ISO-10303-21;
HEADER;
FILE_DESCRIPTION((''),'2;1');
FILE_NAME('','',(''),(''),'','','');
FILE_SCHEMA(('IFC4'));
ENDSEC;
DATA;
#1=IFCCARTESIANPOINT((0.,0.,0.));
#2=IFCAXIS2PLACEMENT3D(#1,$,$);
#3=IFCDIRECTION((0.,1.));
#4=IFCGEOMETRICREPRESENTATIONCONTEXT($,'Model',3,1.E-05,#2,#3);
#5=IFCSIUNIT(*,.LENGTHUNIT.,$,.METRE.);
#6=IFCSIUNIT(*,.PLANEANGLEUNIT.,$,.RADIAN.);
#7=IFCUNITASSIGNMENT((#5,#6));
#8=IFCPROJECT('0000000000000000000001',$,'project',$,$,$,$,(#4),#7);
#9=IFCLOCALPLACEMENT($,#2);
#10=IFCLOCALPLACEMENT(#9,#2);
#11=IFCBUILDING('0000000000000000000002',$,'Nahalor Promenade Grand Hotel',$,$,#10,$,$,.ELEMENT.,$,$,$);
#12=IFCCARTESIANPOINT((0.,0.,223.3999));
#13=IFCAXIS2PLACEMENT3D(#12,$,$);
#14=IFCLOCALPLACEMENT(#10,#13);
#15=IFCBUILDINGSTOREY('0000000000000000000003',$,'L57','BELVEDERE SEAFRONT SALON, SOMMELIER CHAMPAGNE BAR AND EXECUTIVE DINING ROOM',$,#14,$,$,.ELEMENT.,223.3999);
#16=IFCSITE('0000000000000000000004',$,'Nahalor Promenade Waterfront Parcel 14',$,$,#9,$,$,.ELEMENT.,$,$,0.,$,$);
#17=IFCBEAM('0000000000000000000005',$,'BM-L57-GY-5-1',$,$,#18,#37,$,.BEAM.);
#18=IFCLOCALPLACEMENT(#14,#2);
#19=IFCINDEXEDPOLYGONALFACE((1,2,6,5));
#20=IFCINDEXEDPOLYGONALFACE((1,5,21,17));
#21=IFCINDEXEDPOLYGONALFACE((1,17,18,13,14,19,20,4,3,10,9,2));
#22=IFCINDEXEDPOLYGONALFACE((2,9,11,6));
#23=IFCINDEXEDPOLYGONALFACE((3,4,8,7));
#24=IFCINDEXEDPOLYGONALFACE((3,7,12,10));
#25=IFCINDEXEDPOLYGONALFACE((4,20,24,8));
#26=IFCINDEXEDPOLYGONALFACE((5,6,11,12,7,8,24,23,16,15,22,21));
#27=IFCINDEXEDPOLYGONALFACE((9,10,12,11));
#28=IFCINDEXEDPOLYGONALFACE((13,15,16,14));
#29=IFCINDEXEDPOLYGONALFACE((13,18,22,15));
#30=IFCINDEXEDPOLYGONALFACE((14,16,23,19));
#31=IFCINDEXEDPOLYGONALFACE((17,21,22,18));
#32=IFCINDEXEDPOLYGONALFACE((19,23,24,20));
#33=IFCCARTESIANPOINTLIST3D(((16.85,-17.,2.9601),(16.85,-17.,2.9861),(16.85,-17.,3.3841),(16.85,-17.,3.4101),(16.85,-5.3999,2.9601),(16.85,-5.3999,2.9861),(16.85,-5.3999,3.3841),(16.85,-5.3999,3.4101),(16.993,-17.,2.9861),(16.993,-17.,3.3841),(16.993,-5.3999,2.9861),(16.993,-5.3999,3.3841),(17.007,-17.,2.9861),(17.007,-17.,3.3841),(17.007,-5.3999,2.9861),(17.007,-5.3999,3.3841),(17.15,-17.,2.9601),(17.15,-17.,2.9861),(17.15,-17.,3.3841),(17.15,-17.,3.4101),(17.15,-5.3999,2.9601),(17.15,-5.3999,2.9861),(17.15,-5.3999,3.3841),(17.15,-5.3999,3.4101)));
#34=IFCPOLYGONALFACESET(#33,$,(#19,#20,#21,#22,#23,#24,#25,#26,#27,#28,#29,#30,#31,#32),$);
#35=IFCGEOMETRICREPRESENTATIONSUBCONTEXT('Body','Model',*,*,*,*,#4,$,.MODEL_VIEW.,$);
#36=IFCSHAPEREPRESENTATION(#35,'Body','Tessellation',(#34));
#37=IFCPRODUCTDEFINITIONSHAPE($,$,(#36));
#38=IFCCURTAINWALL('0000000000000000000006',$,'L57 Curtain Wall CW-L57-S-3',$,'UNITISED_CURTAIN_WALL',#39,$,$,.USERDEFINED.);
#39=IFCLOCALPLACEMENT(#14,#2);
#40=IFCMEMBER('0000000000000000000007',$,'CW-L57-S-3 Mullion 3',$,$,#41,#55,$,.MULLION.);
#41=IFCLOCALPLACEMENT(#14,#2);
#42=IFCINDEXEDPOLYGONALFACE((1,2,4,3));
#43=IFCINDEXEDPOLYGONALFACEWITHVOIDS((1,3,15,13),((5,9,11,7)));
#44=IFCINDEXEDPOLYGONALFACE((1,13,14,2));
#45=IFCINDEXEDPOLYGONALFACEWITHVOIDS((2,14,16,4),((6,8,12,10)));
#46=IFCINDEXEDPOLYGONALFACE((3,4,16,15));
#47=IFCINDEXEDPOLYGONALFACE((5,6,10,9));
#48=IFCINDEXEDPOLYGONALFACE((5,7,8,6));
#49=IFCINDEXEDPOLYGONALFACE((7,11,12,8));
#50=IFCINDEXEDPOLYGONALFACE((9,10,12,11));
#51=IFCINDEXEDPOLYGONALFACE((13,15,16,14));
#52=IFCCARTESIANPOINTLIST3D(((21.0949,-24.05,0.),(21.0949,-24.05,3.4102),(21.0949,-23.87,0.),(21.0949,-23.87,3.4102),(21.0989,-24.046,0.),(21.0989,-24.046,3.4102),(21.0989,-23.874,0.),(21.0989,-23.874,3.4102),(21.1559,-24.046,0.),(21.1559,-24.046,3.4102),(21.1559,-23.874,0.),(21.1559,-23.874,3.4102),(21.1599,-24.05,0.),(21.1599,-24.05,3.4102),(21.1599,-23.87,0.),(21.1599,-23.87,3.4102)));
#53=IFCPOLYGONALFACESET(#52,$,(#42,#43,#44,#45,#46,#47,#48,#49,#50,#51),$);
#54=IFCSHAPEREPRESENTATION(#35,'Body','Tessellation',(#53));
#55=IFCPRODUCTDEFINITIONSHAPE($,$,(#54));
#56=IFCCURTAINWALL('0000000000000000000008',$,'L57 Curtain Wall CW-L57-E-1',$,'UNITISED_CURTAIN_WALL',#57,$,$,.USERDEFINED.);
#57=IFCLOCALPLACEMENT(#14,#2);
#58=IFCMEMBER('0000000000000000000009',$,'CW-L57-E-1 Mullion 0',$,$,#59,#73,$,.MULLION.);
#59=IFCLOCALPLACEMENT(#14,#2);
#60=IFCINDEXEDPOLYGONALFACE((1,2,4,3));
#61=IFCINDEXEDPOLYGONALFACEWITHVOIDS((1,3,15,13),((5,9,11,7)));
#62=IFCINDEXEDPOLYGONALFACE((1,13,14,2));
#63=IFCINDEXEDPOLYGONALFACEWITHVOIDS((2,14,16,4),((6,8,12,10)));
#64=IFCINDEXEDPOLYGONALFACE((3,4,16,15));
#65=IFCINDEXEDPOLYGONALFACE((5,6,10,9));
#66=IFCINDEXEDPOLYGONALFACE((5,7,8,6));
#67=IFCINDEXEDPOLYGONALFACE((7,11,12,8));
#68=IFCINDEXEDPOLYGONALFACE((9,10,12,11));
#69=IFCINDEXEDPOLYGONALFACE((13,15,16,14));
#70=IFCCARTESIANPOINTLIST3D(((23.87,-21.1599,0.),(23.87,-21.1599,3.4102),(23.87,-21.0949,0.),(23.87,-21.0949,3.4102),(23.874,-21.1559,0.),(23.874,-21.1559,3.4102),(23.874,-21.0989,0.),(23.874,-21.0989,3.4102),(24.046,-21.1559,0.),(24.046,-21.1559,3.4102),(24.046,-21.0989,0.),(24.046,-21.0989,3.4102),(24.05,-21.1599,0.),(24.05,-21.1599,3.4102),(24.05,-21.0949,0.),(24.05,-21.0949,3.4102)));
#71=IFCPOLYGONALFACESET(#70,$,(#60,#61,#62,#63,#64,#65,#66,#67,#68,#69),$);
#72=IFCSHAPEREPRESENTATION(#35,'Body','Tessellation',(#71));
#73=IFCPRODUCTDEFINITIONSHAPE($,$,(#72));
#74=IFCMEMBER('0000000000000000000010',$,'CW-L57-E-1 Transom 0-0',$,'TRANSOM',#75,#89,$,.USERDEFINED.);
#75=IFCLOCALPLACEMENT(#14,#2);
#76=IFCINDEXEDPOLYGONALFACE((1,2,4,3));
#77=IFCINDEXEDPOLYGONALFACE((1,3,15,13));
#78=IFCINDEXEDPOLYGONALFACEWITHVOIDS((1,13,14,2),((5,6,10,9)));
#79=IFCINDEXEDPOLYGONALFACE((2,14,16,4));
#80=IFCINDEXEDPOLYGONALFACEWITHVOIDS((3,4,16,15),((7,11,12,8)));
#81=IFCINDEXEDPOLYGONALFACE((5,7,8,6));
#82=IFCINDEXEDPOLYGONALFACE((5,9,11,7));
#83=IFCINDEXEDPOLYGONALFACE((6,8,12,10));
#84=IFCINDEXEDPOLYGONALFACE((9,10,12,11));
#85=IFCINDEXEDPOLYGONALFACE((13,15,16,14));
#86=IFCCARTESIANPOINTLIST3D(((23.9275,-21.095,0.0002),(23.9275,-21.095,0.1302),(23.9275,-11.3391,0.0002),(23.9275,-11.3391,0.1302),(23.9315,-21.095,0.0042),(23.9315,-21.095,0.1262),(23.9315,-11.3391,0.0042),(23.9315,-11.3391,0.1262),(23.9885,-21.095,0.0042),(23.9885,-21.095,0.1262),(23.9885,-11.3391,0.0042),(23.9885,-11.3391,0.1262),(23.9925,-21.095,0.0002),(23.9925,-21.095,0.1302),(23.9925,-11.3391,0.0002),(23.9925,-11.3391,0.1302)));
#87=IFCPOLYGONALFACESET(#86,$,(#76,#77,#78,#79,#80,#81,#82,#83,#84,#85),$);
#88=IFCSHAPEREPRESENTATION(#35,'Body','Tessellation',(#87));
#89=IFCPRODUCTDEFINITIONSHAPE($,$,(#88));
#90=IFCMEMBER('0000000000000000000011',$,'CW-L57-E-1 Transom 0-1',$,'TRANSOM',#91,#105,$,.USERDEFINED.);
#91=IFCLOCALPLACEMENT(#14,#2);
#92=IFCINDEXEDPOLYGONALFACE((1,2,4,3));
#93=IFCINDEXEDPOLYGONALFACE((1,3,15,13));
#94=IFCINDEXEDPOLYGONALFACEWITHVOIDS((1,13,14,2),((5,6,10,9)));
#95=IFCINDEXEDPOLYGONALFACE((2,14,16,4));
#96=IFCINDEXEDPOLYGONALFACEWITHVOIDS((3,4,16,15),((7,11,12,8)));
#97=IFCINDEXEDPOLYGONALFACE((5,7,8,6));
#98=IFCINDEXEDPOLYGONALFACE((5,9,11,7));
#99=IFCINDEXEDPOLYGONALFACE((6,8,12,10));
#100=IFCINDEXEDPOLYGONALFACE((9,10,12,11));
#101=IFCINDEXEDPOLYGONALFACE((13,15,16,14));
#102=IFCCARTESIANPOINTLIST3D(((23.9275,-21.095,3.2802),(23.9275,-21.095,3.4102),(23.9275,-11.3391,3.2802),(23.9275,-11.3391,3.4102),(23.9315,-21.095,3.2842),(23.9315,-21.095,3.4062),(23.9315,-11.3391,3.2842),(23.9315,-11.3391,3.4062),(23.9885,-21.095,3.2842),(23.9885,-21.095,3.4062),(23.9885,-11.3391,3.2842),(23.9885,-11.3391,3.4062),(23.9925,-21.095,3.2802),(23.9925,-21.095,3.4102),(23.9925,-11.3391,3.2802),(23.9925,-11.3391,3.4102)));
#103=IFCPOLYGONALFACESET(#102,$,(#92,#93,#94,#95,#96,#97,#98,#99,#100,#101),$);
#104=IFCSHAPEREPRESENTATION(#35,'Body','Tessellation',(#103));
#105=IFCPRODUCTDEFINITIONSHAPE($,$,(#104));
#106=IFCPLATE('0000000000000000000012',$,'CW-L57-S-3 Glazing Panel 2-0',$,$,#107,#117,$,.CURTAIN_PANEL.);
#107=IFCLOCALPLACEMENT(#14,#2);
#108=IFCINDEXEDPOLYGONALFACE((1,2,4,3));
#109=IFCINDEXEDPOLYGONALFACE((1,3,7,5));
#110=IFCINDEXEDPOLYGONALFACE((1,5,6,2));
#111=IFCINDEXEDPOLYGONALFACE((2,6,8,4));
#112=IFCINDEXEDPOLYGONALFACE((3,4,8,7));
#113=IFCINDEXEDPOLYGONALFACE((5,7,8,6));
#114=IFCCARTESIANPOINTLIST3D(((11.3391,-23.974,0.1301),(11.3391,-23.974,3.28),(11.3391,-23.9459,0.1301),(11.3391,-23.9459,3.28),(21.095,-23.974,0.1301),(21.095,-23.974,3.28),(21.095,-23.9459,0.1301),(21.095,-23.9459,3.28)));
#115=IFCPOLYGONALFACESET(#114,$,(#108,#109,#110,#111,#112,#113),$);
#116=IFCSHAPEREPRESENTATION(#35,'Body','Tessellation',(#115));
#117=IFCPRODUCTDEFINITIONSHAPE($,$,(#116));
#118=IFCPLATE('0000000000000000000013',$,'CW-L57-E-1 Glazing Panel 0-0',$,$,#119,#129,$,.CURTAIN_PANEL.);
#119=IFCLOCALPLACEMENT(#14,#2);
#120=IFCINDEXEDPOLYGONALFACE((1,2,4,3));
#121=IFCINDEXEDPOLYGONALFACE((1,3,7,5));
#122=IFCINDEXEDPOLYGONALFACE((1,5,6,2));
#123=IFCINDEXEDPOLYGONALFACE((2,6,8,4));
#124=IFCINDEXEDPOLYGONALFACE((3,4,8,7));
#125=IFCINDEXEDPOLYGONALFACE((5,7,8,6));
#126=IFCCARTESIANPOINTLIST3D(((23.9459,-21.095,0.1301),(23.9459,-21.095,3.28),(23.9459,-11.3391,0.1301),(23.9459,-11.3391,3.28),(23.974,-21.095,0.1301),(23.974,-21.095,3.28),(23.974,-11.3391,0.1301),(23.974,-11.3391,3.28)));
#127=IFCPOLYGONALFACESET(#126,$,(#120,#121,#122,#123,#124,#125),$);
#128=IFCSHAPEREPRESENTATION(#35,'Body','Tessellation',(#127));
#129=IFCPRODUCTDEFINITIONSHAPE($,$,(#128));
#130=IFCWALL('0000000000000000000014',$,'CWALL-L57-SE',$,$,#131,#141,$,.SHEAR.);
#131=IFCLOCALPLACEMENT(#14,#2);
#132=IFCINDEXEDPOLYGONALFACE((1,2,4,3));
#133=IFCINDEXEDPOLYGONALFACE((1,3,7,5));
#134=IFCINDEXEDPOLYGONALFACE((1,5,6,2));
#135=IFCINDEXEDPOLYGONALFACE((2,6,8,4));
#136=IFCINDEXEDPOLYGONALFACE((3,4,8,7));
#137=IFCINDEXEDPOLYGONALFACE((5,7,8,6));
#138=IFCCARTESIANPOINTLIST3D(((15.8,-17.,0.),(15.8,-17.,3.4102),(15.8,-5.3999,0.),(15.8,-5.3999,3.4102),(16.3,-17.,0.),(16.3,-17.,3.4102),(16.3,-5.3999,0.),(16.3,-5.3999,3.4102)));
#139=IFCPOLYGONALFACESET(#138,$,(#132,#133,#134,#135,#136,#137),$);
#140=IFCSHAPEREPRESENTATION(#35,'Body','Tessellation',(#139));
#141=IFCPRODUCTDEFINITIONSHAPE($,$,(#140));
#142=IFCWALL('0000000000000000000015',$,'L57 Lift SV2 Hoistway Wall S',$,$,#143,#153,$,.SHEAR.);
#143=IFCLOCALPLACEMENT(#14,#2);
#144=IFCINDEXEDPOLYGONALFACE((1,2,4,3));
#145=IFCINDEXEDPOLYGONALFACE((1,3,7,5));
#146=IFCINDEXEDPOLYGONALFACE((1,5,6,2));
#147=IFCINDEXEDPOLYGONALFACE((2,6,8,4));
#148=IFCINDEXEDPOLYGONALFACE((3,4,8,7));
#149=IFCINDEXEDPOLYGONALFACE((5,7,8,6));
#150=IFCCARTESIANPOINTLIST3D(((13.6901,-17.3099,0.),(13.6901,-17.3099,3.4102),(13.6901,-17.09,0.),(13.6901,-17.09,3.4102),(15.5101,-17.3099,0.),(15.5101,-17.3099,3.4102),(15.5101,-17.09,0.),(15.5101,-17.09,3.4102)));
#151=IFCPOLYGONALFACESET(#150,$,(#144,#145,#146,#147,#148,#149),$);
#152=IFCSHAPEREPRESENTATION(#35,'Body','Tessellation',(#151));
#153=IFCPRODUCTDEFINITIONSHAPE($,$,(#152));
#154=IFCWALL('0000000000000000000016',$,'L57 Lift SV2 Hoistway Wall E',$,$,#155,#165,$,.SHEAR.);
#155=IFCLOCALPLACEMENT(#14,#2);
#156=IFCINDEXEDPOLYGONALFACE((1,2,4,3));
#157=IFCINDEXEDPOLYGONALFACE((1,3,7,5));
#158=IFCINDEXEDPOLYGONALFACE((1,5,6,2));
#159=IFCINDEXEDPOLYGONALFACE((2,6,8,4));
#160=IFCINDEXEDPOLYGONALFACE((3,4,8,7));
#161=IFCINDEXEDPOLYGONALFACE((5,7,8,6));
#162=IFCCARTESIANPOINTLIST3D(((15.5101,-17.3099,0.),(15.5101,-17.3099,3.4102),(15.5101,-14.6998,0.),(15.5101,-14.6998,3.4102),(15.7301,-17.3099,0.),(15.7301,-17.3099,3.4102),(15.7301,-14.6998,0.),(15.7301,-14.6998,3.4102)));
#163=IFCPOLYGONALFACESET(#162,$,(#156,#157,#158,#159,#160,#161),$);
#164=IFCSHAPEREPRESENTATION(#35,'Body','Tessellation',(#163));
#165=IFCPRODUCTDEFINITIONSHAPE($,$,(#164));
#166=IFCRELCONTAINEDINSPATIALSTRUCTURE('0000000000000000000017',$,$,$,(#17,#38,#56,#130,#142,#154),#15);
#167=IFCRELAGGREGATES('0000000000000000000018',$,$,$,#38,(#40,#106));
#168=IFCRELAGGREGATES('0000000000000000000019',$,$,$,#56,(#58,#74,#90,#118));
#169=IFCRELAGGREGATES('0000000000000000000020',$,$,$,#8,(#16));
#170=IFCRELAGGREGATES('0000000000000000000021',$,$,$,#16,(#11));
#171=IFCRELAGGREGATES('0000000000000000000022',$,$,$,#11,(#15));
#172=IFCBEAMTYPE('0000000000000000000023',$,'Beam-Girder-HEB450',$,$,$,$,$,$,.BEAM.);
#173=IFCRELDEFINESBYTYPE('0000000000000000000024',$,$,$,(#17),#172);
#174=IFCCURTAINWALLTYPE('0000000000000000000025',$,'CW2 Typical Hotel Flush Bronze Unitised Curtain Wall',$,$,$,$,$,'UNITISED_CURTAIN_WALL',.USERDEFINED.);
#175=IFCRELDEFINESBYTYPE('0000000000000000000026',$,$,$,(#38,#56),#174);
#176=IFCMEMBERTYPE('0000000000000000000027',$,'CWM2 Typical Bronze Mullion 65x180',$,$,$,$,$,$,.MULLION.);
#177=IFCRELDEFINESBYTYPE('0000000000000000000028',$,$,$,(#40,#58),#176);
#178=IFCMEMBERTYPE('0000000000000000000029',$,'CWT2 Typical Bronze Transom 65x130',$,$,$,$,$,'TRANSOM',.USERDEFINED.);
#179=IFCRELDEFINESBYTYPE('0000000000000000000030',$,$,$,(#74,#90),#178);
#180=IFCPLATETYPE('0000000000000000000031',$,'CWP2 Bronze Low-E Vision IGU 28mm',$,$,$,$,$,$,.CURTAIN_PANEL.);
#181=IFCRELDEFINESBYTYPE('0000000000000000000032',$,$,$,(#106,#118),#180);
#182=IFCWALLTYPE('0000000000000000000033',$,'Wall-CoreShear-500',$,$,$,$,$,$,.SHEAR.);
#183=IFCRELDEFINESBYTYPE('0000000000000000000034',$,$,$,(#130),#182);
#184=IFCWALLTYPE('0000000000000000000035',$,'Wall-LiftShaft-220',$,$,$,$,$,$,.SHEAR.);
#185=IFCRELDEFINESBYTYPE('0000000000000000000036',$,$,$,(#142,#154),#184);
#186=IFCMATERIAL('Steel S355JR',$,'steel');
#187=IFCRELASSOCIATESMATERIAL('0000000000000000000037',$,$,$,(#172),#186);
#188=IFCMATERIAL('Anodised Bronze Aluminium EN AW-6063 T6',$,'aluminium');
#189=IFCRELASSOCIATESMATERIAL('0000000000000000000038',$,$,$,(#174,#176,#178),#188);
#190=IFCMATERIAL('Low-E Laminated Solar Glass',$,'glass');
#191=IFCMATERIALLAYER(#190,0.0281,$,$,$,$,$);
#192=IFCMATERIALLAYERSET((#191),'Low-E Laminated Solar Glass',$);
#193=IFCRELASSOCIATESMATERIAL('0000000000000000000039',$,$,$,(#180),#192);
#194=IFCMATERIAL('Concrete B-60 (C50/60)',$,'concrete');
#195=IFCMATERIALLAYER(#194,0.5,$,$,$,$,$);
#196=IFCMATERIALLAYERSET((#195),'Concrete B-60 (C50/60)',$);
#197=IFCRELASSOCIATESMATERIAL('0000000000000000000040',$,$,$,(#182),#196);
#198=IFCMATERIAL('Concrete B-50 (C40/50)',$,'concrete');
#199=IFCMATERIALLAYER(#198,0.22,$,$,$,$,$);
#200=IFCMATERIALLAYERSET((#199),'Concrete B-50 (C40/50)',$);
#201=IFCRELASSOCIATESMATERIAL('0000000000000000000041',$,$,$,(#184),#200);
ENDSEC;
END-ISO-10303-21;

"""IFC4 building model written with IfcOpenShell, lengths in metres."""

from ifc_helpers import new_model, si_unit, direction, frame, frame_2d, origin, origin_2d, place, context, subcontext, project, spatial, rectangle, hollow_rectangle, i_section, extrude, source, transform, mapped, material, layer, layer_set, material_profile, profile_set, type_object, element, aggregate, save


model = new_model("IFC4")

# Units and contexts
model_context = context("Model", 3, precision=1e-05, world=origin(), true_north=direction((0.0, 1.0)))
body_context = subcontext(model_context, "Body", "Model", "MODEL_VIEW")
ifc_project = project(units=[si_unit("LENGTHUNIT", "METRE"), si_unit("PLANEANGLEUNIT", "RADIAN")], contexts=[model_context])

# Site, building, storey
site_placement = place(None, origin())
site = spatial("IfcSite", under=ifc_project, at=site_placement, Name="Nahalor Promenade Waterfront Parcel 14", CompositionType="ELEMENT", RefElevation=0.0)
building_placement = place(site_placement, origin())
building = spatial("IfcBuilding", under=site, at=building_placement, Name="Nahalor Promenade Grand Hotel", CompositionType="ELEMENT")
storey_placement = place(building_placement, frame((0.0, 0.0, 223.3999)))
storey = spatial("IfcBuildingStorey", under=building, at=storey_placement, Name="L57", Description="BELVEDERE SEAFRONT SALON, SOMMELIER CHAMPAGNE BAR AND EXECUTIVE DINING ROOM", CompositionType="ELEMENT", Elevation=223.3999)

# Shared definitions
ifc_material_1 = material(Name="Concrete B-60 (C50/60)", Category="concrete")
ifc_material_2 = material(Name="Steel S355JR", Category="steel")

# Beam
ifc_material_profile_1 = material_profile(ifc_material_2, i_section(OverallWidth=0.3, OverallDepth=0.45, WebThickness=0.014, FlangeThickness=0.026, at=origin_2d()), Name="HEB 450")
ifc_profile_set_1 = profile_set([ifc_material_profile_1], Name="Steel S355JR")
beam_type_1 = type_object("IfcBeamType", Name="Beam-Girder-HEB450", PredefinedType="BEAM", material=ifc_profile_set_1)
shared_shape_1 = source(origin(), body_context, "Body", "SweptSolid", [
    extrude(i_section(OverallWidth=0.3, OverallDepth=0.45, WebThickness=0.014, FlangeThickness=0.026, at=origin_2d()), origin(), (0.0, 0.0, 1.0), 11.6001),
])
beam_1_placement = place(storey_placement, frame((17.0, -17.0, 3.1851), z_axis=(0.0, 1.0, 0.0), x_axis=(-1.0, 0.0, 0.0)))
element("IfcBeam", 1, at=beam_1_placement, inside=storey, type_object=beam_type_1, Name="BM-L57-GY-5-1", PredefinedType="BEAM", context=body_context, shape_type="MappedRepresentation", body=[
    mapped(shared_shape_1, transform((0.0, 0.0, 0.0), scale=1.0)),
])

# Curtain wall, member
ifc_material_3 = material(Name="Anodised Bronze Aluminium EN AW-6063 T6", Category="aluminium")
curtain_wall_type = type_object("IfcCurtainWallType", Name="CW2 Typical Hotel Flush Bronze Unitised Curtain Wall", ElementType="UNITISED_CURTAIN_WALL", PredefinedType="USERDEFINED", material=ifc_material_3)
curtain_wall_1_placement = place(storey_placement, origin())
curtain_wall_1 = element("IfcCurtainWall", 2, at=curtain_wall_1_placement, inside=storey, type_object=curtain_wall_type, Name="L57 Curtain Wall CW-L57-S-3", ObjectType="UNITISED_CURTAIN_WALL", PredefinedType="USERDEFINED")
ifc_material_profile_2 = material_profile(ifc_material_3, hollow_rectangle(XDim=0.065, YDim=0.18, WallThickness=0.004, at=origin_2d()), Name="CWM 65x180x4")
ifc_profile_set_2 = profile_set([ifc_material_profile_2], Name="Anodised Bronze Aluminium EN AW-6063 T6")
member_type_1 = type_object("IfcMemberType", Name="CWM2 Typical Bronze Mullion 65x180", PredefinedType="MULLION", material=ifc_profile_set_2)
shared_shape_2 = source(origin(), body_context, "Body", "SweptSolid", [
    extrude(hollow_rectangle(XDim=0.065, YDim=0.18, WallThickness=0.004, at=origin_2d()), origin(), (0.0, 0.0, 1.0), 3.4102),
])
member_1_placement = place(storey_placement, frame((21.1274, -23.96, 0.0), z_axis=(0.0, 0.0, 1.0), x_axis=(1.0, 0.0, 0.0)))
member_1 = element("IfcMember", 3, at=member_1_placement, type_object=member_type_1, Name="CW-L57-S-3 Mullion 3", PredefinedType="MULLION", context=body_context, shape_type="MappedRepresentation", body=[
    mapped(shared_shape_2, transform((0.0, 0.0, 0.0), scale=1.0)),
])

# Curtain wall, members
curtain_wall_2_placement = place(storey_placement, origin())
curtain_wall_2 = element("IfcCurtainWall", 4, at=curtain_wall_2_placement, inside=storey, type_object=curtain_wall_type, Name="L57 Curtain Wall CW-L57-E-1", ObjectType="UNITISED_CURTAIN_WALL", PredefinedType="USERDEFINED")
member_2_placement = place(storey_placement, frame((23.96, -21.1274, 0.0), z_axis=(0.0, 0.0, 1.0), x_axis=(0.0, 1.0, 0.0)))
member_2 = element("IfcMember", 5, at=member_2_placement, type_object=member_type_1, Name="CW-L57-E-1 Mullion 0", PredefinedType="MULLION", context=body_context, shape_type="MappedRepresentation", body=[
    mapped(shared_shape_2, transform((0.0, 0.0, 0.0), scale=1.0)),
])
ifc_material_profile_3 = material_profile(ifc_material_3, hollow_rectangle(XDim=0.065, YDim=0.13, WallThickness=0.004, at=origin_2d()), Name="CWT 65x130x4")
ifc_profile_set_3 = profile_set([ifc_material_profile_3], Name="Anodised Bronze Aluminium EN AW-6063 T6")
member_type_2 = type_object("IfcMemberType", Name="CWT2 Typical Bronze Transom 65x130", ElementType="TRANSOM", PredefinedType="USERDEFINED", material=ifc_profile_set_3)
shared_shape_3 = source(origin(), body_context, "Body", "SweptSolid", [
    extrude(hollow_rectangle(XDim=0.065, YDim=0.13, WallThickness=0.004, at=origin_2d()), origin(), (0.0, 0.0, 1.0), 9.7559),
])
member_3_placement = place(storey_placement, frame((23.96, -21.095, 0.0652), z_axis=(0.0, 1.0, 0.0), x_axis=(-1.0, 0.0, 0.0)))
member_3 = element("IfcMember", 6, at=member_3_placement, type_object=member_type_2, Name="CW-L57-E-1 Transom 0-0", ObjectType="TRANSOM", PredefinedType="USERDEFINED", context=body_context, shape_type="MappedRepresentation", body=[
    mapped(shared_shape_3, transform((0.0, 0.0, 0.0), scale=1.0)),
])
member_4_placement = place(storey_placement, frame((23.96, -21.095, 3.3452), z_axis=(0.0, 1.0, 0.0), x_axis=(-1.0, 0.0, 0.0)))
member_4 = element("IfcMember", 7, at=member_4_placement, type_object=member_type_2, Name="CW-L57-E-1 Transom 0-1", ObjectType="TRANSOM", PredefinedType="USERDEFINED", context=body_context, shape_type="MappedRepresentation", body=[
    mapped(shared_shape_3, transform((0.0, 0.0, 0.0), scale=1.0)),
])

# Plates
ifc_material_4 = material(Name="Low-E Laminated Solar Glass", Category="glass")
ifc_layer_1 = layer(ifc_material_4, 0.0281)
ifc_layer_set_1 = layer_set([ifc_layer_1], Name="Low-E Laminated Solar Glass")
plate_type = type_object("IfcPlateType", Name="CWP2 Bronze Low-E Vision IGU 28mm", PredefinedType="CURTAIN_PANEL", material=ifc_layer_set_1)
shared_shape_4 = source(origin(), body_context, "Body", "SweptSolid", [
    extrude(rectangle(XDim=9.7559, YDim=0.0281, at=origin_2d()), origin(), (0.0, 0.0, 1.0), 3.1499),
])
plate_1_placement = place(storey_placement, frame((16.217, -23.96, 0.1301), z_axis=(0.0, 0.0, 1.0), x_axis=(1.0, 0.0, 0.0)))
plate_1 = element("IfcPlate", 8, at=plate_1_placement, type_object=plate_type, Name="CW-L57-S-3 Glazing Panel 2-0", PredefinedType="CURTAIN_PANEL", context=body_context, shape_type="MappedRepresentation", body=[
    mapped(shared_shape_4, transform((0.0, 0.0, 0.0), scale=1.0)),
])
aggregate(curtain_wall_1, [member_1, plate_1])
plate_2_placement = place(storey_placement, frame((23.96, -16.217, 0.1301), z_axis=(0.0, 0.0, 1.0), x_axis=(0.0, 1.0, 0.0)))
plate_2 = element("IfcPlate", 9, at=plate_2_placement, type_object=plate_type, Name="CW-L57-E-1 Glazing Panel 0-0", PredefinedType="CURTAIN_PANEL", context=body_context, shape_type="MappedRepresentation", body=[
    mapped(shared_shape_4, transform((0.0, 0.0, 0.0), scale=1.0)),
])
aggregate(curtain_wall_2, [member_2, member_3, member_4, plate_2])

# Walls
ifc_layer_2 = layer(ifc_material_1, 0.5)
ifc_layer_set_2 = layer_set([ifc_layer_2], Name="Concrete B-60 (C50/60)")
wall_type_1 = type_object("IfcWallType", Name="Wall-CoreShear-500", PredefinedType="SHEAR", material=ifc_layer_set_2)
shared_shape_5 = source(origin(), body_context, "Body", "SweptSolid", [
    extrude(rectangle(XDim=11.6001, YDim=0.5, at=frame_2d((5.8, 0.0))), origin(), (0.0, 0.0, 1.0), 3.4102),
])
wall_1_placement = place(storey_placement, frame((16.05, -17.0, 0.0), z_axis=(0.0, 0.0, 1.0), x_axis=(0.0, 1.0, 0.0)))
element("IfcWall", 10, at=wall_1_placement, inside=storey, type_object=wall_type_1, Name="CWALL-L57-SE", PredefinedType="SHEAR", context=body_context, shape_type="MappedRepresentation", body=[
    mapped(shared_shape_5, transform((0.0, 0.0, 0.0), scale=1.0)),
])
ifc_material_5 = material(Name="Concrete B-50 (C40/50)", Category="concrete")
ifc_layer_3 = layer(ifc_material_5, 0.22)
ifc_layer_set_3 = layer_set([ifc_layer_3], Name="Concrete B-50 (C40/50)")
wall_type_2 = type_object("IfcWallType", Name="Wall-LiftShaft-220", PredefinedType="SHEAR", material=ifc_layer_set_3)
shared_shape_6 = source(origin(), body_context, "Body", "SweptSolid", [
    extrude(rectangle(XDim=1.8201, YDim=0.22, at=frame_2d((0.9102, 0.0))), origin(), (0.0, 0.0, 1.0), 3.4102),
])
wall_2_placement = place(storey_placement, frame((13.6899, -17.2, 0.0), z_axis=(0.0, 0.0, 1.0), x_axis=(1.0, 0.0, 0.0)))
element("IfcWall", 11, at=wall_2_placement, inside=storey, type_object=wall_type_2, Name="L57 Lift SV2 Hoistway Wall S", PredefinedType="SHEAR", context=body_context, shape_type="MappedRepresentation", body=[
    mapped(shared_shape_6, transform((0.0, 0.0, 0.0), scale=1.0)),
])
shared_shape_7 = source(origin(), body_context, "Body", "SweptSolid", [
    extrude(rectangle(XDim=2.6101, YDim=0.22, at=frame_2d((1.3052, 0.0))), origin(), (0.0, 0.0, 1.0), 3.4102),
])
wall_3_placement = place(storey_placement, frame((15.6201, -17.3101, 0.0), z_axis=(0.0, 0.0, 1.0), x_axis=(0.0, 1.0, 0.0)))
element("IfcWall", 12, at=wall_3_placement, inside=storey, type_object=wall_type_2, Name="L57 Lift SV2 Hoistway Wall E", PredefinedType="SHEAR", context=body_context, shape_type="MappedRepresentation", body=[
    mapped(shared_shape_7, transform((0.0, 0.0, 0.0), scale=1.0)),
])

save(model, "model.ifc")
